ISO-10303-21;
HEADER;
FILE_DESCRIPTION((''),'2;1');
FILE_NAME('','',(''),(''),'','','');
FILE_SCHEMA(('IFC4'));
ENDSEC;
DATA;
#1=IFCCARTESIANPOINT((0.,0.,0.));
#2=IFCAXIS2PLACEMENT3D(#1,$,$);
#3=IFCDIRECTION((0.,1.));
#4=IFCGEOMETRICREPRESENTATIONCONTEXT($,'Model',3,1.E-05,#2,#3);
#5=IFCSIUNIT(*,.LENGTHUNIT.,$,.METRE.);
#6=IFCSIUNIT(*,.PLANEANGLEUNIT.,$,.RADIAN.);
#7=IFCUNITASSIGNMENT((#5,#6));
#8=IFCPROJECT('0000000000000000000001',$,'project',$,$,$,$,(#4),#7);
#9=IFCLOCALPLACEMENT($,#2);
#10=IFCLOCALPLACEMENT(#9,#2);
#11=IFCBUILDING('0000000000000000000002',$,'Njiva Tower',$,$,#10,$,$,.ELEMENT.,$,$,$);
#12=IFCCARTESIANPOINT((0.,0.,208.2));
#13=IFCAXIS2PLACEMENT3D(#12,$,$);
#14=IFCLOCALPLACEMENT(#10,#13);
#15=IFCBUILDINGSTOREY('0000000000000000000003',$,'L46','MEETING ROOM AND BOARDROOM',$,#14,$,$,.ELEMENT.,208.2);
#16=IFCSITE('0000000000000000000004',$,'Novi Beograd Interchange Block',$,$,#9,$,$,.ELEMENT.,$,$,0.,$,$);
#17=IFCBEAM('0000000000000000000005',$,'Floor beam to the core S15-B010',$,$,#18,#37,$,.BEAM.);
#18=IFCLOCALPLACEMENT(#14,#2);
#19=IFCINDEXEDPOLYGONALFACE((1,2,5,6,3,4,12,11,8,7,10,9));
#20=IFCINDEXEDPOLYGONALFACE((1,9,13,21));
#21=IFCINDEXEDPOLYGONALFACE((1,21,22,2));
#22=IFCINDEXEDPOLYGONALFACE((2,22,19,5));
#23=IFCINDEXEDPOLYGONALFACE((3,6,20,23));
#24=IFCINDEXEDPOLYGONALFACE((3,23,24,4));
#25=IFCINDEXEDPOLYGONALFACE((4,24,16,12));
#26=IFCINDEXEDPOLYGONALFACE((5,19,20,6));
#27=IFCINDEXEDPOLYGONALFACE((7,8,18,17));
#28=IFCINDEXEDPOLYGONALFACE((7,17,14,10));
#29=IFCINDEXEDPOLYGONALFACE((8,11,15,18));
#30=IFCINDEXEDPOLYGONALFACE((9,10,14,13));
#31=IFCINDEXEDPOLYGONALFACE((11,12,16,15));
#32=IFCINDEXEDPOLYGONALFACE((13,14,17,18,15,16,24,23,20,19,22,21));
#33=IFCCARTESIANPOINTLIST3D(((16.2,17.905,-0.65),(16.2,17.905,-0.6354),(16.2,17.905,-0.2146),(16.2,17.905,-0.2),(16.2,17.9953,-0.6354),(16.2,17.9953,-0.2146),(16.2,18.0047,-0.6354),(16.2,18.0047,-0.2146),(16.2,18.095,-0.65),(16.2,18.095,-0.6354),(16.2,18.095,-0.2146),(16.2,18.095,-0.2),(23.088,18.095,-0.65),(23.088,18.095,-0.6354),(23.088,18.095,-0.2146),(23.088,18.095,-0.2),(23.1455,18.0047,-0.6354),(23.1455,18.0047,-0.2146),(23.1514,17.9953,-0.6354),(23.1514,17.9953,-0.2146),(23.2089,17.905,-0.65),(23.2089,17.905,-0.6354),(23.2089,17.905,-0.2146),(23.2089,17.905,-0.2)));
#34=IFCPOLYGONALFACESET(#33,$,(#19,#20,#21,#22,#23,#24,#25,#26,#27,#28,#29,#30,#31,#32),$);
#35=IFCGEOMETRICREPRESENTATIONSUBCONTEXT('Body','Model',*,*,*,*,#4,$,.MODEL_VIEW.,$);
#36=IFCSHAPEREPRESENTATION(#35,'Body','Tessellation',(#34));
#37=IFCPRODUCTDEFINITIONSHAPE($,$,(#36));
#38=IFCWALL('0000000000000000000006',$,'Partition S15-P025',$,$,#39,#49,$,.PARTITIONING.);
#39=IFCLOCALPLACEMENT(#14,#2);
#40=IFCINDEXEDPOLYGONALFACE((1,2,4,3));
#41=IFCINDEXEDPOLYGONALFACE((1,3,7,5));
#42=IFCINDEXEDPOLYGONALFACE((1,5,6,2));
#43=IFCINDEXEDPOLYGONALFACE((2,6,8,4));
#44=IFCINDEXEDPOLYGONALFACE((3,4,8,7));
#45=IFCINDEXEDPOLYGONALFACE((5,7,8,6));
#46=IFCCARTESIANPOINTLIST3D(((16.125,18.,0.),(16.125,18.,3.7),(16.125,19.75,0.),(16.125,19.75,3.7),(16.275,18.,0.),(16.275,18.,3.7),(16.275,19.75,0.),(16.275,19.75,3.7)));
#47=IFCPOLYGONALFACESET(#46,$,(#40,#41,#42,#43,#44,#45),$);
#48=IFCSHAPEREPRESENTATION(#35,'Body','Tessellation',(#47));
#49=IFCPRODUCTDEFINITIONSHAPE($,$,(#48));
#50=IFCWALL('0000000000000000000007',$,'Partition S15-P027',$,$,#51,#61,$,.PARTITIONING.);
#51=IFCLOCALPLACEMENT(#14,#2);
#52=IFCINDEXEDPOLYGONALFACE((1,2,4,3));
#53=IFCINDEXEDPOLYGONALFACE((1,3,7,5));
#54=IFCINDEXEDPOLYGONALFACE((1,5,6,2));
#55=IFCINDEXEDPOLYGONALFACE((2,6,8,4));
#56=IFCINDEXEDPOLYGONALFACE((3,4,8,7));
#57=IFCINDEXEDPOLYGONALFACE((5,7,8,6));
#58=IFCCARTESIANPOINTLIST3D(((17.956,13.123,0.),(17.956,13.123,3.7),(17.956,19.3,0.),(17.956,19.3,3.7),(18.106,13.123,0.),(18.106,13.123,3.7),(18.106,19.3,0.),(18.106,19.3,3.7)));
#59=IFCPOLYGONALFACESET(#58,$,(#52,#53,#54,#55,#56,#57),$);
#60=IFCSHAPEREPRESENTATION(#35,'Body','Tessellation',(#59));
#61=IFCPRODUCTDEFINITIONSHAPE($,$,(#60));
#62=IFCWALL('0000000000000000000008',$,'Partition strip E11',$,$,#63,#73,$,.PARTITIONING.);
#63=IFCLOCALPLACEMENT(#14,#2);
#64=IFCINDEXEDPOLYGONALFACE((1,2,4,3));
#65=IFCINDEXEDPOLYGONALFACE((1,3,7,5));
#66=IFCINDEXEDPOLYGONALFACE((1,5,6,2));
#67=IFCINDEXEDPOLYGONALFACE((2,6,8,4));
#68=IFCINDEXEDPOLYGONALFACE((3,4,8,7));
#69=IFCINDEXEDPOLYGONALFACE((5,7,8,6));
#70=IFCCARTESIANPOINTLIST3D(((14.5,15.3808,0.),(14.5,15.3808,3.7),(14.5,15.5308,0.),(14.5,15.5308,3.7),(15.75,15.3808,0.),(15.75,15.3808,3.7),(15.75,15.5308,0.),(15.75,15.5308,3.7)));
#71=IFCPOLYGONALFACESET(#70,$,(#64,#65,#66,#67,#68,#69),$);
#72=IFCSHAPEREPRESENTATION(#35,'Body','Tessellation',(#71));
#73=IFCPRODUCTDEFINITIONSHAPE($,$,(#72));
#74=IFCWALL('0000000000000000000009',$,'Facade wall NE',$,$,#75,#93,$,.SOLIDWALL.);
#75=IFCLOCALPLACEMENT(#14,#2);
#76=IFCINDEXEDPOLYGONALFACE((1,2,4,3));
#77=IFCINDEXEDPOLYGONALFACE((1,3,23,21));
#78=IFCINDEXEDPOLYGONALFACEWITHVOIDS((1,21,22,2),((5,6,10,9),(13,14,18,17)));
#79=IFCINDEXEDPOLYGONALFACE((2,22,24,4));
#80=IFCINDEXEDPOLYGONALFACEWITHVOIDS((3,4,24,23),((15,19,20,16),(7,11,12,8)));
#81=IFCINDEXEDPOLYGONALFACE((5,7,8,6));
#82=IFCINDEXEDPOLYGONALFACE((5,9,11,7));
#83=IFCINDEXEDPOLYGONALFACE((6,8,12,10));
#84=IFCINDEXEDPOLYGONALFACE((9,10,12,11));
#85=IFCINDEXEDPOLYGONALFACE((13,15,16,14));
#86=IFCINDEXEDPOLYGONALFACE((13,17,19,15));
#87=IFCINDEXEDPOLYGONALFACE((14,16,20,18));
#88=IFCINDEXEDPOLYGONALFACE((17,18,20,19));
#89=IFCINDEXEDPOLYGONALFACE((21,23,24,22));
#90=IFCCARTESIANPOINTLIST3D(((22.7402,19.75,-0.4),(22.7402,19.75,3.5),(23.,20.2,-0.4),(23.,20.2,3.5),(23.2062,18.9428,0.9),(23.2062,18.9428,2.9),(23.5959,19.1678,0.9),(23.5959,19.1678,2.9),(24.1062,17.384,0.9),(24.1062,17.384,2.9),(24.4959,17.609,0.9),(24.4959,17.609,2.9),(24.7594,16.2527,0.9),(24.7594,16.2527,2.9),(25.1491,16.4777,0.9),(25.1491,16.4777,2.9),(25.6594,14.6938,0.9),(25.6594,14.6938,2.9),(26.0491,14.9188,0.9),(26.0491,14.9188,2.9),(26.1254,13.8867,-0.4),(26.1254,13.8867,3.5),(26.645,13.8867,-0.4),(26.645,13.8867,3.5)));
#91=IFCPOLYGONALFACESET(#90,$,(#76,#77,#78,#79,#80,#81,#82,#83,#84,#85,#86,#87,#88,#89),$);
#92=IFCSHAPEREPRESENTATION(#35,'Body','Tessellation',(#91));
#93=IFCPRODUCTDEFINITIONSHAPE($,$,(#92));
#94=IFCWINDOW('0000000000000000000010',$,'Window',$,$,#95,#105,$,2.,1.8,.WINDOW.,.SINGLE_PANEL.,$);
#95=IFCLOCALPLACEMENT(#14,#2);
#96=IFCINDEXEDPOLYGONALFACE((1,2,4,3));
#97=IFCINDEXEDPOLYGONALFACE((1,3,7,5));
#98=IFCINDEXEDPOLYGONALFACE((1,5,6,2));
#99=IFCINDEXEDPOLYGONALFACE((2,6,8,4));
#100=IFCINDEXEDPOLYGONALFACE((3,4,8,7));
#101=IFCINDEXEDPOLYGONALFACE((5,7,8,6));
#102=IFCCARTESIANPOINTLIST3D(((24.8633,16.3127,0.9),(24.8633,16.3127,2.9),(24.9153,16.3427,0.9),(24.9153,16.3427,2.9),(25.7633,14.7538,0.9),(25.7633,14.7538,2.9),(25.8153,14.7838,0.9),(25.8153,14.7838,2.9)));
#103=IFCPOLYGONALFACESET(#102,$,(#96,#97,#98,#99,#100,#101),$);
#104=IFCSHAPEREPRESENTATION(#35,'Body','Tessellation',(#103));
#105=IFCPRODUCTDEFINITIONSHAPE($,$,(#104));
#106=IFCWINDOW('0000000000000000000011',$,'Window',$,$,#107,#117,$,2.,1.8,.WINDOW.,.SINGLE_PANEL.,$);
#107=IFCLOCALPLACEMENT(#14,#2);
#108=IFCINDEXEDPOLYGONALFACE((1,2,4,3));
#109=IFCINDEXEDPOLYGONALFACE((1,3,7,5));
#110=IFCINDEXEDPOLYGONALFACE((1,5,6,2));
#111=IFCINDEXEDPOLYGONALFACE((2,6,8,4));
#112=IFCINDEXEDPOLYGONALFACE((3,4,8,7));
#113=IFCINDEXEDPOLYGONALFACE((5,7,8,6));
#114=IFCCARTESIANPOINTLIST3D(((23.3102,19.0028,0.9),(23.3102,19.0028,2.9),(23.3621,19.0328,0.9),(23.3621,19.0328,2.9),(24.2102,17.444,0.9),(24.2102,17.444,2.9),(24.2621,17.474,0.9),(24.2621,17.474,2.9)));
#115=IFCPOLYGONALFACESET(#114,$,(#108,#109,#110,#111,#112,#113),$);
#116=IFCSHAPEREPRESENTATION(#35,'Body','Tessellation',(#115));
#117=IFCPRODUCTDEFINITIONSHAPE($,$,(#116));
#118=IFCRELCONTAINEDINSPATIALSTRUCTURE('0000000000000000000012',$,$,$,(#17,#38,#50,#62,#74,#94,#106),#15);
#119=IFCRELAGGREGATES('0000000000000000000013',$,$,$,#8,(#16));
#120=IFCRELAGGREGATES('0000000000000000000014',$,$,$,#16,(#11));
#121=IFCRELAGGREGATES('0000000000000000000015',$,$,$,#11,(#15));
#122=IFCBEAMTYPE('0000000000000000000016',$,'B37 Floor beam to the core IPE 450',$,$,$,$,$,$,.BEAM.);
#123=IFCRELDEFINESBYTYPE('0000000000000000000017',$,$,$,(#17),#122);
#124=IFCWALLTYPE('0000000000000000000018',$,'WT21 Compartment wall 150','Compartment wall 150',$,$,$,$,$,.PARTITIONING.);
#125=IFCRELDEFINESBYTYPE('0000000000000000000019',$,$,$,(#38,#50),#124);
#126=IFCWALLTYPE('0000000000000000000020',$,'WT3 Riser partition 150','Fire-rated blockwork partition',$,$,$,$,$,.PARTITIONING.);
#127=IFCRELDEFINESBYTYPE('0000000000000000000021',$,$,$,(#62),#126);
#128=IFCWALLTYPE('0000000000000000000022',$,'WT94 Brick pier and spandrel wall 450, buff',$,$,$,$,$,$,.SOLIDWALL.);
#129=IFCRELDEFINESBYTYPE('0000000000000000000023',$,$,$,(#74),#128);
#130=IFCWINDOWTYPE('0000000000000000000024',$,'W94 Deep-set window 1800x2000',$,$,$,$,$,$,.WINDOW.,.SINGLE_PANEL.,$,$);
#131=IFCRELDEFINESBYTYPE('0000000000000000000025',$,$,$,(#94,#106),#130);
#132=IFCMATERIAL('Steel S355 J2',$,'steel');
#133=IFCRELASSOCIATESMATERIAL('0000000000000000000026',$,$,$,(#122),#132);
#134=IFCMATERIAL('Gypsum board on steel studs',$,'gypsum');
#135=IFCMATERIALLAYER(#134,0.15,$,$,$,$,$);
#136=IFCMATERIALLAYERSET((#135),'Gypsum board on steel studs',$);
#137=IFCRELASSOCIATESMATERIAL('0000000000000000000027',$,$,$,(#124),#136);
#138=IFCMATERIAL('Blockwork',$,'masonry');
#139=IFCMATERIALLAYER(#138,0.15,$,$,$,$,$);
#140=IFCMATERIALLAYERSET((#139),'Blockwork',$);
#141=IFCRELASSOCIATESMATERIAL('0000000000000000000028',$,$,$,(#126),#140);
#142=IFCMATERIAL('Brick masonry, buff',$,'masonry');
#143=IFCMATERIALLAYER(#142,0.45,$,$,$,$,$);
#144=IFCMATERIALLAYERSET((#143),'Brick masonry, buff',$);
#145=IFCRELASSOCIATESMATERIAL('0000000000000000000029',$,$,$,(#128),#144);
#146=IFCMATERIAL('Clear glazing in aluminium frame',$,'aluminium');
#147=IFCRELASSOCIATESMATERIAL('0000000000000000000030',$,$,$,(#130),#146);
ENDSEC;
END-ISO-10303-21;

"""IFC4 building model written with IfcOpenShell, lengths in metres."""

from ifc_helpers import new_model, si_unit, direction, frame, frame_2d, origin, origin_2d, place, context, subcontext, project, spatial, polyline, rectangle, i_section, outline, extrude, clip, halfspace, material, layer, layer_set, material_profile, profile_set, type_object, element, fill, save


model = new_model("IFC4")

# Units and contexts
model_context = context("Model", 3, precision=1e-05, world=origin(), true_north=direction((0.0, 1.0)))
body_context = subcontext(model_context, "Body", "Model", "MODEL_VIEW")
ifc_project = project(units=[si_unit("LENGTHUNIT", "METRE"), si_unit("PLANEANGLEUNIT", "RADIAN")], contexts=[model_context])

# Site, building, storey
site_placement = place(None, origin())
site = spatial("IfcSite", under=ifc_project, at=site_placement, Name="Novi Beograd Interchange Block", CompositionType="ELEMENT", RefElevation=0.0)
building_placement = place(site_placement, origin())
building = spatial("IfcBuilding", under=site, at=building_placement, Name="Njiva Tower", CompositionType="ELEMENT")
storey_placement = place(building_placement, frame((0.0, 0.0, 208.2)))
storey = spatial("IfcBuildingStorey", under=building, at=storey_placement, Name="L46", Description="MEETING ROOM AND BOARDROOM", CompositionType="ELEMENT", Elevation=208.2)

# Shared definitions
ifc_material_1 = material(Name="Steel S355 J2", Category="steel")

# Beam
ifc_material_profile_1 = material_profile(ifc_material_1, i_section(OverallWidth=0.19, OverallDepth=0.45, WebThickness=0.0094, FlangeThickness=0.0146, at=origin_2d()), Name="IPE 450")
ifc_profile_set_1 = profile_set([ifc_material_profile_1], Name="Steel S355 J2")
beam_type_1 = type_object("IfcBeamType", Name="B37 Floor beam to the core IPE 450", PredefinedType="BEAM", material=ifc_profile_set_1)
beam_1_placement = place(storey_placement, frame((16.2, 18.0, -0.425), z_axis=(1.0, 0.0, 0.0), x_axis=(0.0, 1.0, 0.0)))
element("IfcBeam", 1, at=beam_1_placement, inside=storey, type_object=beam_type_1, Name="Floor beam to the core S15-B010", PredefinedType="BEAM", context=body_context, shape_type="Clipping", body=[
    clip(extrude(i_section(OverallWidth=0.19, OverallDepth=0.45, WebThickness=0.0094, FlangeThickness=0.0146, at=origin_2d()), origin(), (0.0, 0.0, 1.0), 7.028), halfspace(frame((0.0268, 0.0, 6.9314), z_axis=(0.536617, 0.0, 0.843826), x_axis=(0.0, 1.0, 0.0)), False)),
])

# Walls
ifc_material_2 = material(Name="Gypsum board on steel studs", Category="gypsum")
ifc_layer_1 = layer(ifc_material_2, 0.15)
ifc_layer_set_1 = layer_set([ifc_layer_1], Name="Gypsum board on steel studs")
wall_type_1 = type_object("IfcWallType", Name="WT21 Compartment wall 150", Description="Compartment wall 150", PredefinedType="PARTITIONING", material=ifc_layer_set_1)
wall_1_placement = place(storey_placement, frame((16.2, 18.0, 0.0), z_axis=(0.0, 0.0, 1.0), x_axis=(0.0, 1.0, 0.0)))
element("IfcWall", 2, at=wall_1_placement, inside=storey, type_object=wall_type_1, Name="Partition S15-P025", PredefinedType="PARTITIONING", context=body_context, shape_type="SweptSolid", body=[
    extrude(rectangle(XDim=1.75, YDim=0.15, at=frame_2d((0.875, 0.0))), origin(), (0.0, 0.0, 1.0), 3.7),
])
wall_2_placement = place(storey_placement, frame((18.031, 13.123, 0.0), z_axis=(0.0, 0.0, 1.0), x_axis=(0.0, 1.0, 0.0)))
element("IfcWall", 3, at=wall_2_placement, inside=storey, type_object=wall_type_1, Name="Partition S15-P027", PredefinedType="PARTITIONING", context=body_context, shape_type="SweptSolid", body=[
    extrude(rectangle(XDim=6.177, YDim=0.15, at=frame_2d((3.0885, 0.0))), origin(), (0.0, 0.0, 1.0), 3.7),
])
ifc_material_3 = material(Name="Blockwork", Category="masonry")
ifc_layer_2 = layer(ifc_material_3, 0.15)
ifc_layer_set_2 = layer_set([ifc_layer_2], Name="Blockwork")
wall_type_2 = type_object("IfcWallType", Name="WT3 Riser partition 150", Description="Fire-rated blockwork partition", PredefinedType="PARTITIONING", material=ifc_layer_set_2)
wall_3_placement = place(storey_placement, frame((14.5, 15.4558, 0.0), z_axis=(0.0, 0.0, 1.0), x_axis=(1.0, 0.0, 0.0)))
element("IfcWall", 4, at=wall_3_placement, inside=storey, type_object=wall_type_2, Name="Partition strip E11", PredefinedType="PARTITIONING", context=body_context, shape_type="SweptSolid", body=[
    extrude(rectangle(XDim=1.25, YDim=0.15, at=frame_2d((0.625, 0.0))), origin(), (0.0, 0.0, 1.0), 3.7),
])

# Wall, openings, windows
ifc_material_4 = material(Name="Clear glazing in aluminium frame", Category="aluminium")
ifc_material_5 = material(Name="Brick masonry, buff", Category="masonry")
ifc_layer_3 = layer(ifc_material_5, 0.45)
ifc_layer_set_3 = layer_set([ifc_layer_3], Name="Brick masonry, buff")
wall_type_3 = type_object("IfcWallType", Name="WT94 Brick pier and spandrel wall 450, buff", PredefinedType="SOLIDWALL", material=ifc_layer_set_3)
wall_4_placement = place(storey_placement, frame((26.3852, 13.8867, -0.4), z_axis=(0.0, 0.0, 1.0), x_axis=(-0.500002, 0.866024, 0.0)))
wall_4 = element("IfcWall", 5, at=wall_4_placement, inside=storey, type_object=wall_type_3, Name="Facade wall NE", PredefinedType="SOLIDWALL", context=body_context, shape_type="SweptSolid", body=[
    extrude(outline(polyline([(-0.1299, -0.225), (7.1601, -0.225), (6.9003, 0.225), (0.1299, 0.225), (-0.1299, -0.225)])), origin(), (0.0, 0.0, 1.0), 3.9),
])
opening_1_placement = place(wall_4_placement, frame((1.0619, 0.0, 1.3)))
opening_1 = element("IfcOpeningElement", 6, at=opening_1_placement, cuts=wall_4, PredefinedType="OPENING", context=body_context, shape_type="SweptSolid", body=[
    extrude(rectangle(XDim=1.8, YDim=2.0, at=frame_2d((0.9, 1.0))), frame((0.0, 0.235, 0.0), z_axis=(0.0, -1.0, 0.0), x_axis=(1.0, 0.0, 0.0)), (0.0, 0.0, 1.0), 0.47),
])
opening_2_placement = place(wall_4_placement, frame((4.1682, 0.0, 1.3)))
opening_2 = element("IfcOpeningElement", 7, at=opening_2_placement, cuts=wall_4, PredefinedType="OPENING", context=body_context, shape_type="SweptSolid", body=[
    extrude(rectangle(XDim=1.8, YDim=2.0, at=frame_2d((0.9, 1.0))), frame((0.0, 0.235, 0.0), z_axis=(0.0, -1.0, 0.0), x_axis=(1.0, 0.0, 0.0)), (0.0, 0.0, 1.0), 0.47),
])
window_type_1 = type_object("IfcWindowType", Name="W94 Deep-set window 1800x2000", PartitioningType="SINGLE_PANEL", PredefinedType="WINDOW", material=ifc_material_4)
window_1_placement = place(opening_1_placement, origin())
window_1 = element("IfcWindow", 8, at=window_1_placement, inside=storey, type_object=window_type_1, Name="Window", OverallHeight=2.0, OverallWidth=1.8, PartitioningType="SINGLE_PANEL", PredefinedType="WINDOW", context=body_context, shape_type="SweptSolid", body=[
    extrude(rectangle(XDim=1.8, YDim=2.0, at=frame_2d((0.9, 1.0))), frame((0.0, 0.105, 0.0), z_axis=(0.0, -1.0, 0.0), x_axis=(1.0, 0.0, 0.0)), (0.0, 0.0, 1.0), 0.06),
])
fill(opening_1, window_1)
window_2_placement = place(opening_2_placement, origin())
window_2 = element("IfcWindow", 9, at=window_2_placement, inside=storey, type_object=window_type_1, Name="Window", OverallHeight=2.0, OverallWidth=1.8, PartitioningType="SINGLE_PANEL", PredefinedType="WINDOW", context=body_context, shape_type="SweptSolid", body=[
    extrude(rectangle(XDim=1.8, YDim=2.0, at=frame_2d((0.9, 1.0))), frame((0.0, 0.105, 0.0), z_axis=(0.0, -1.0, 0.0), x_axis=(1.0, 0.0, 0.0)), (0.0, 0.0, 1.0), 0.06),
])
fill(opening_2, window_2)

save(model, "model.ifc")
